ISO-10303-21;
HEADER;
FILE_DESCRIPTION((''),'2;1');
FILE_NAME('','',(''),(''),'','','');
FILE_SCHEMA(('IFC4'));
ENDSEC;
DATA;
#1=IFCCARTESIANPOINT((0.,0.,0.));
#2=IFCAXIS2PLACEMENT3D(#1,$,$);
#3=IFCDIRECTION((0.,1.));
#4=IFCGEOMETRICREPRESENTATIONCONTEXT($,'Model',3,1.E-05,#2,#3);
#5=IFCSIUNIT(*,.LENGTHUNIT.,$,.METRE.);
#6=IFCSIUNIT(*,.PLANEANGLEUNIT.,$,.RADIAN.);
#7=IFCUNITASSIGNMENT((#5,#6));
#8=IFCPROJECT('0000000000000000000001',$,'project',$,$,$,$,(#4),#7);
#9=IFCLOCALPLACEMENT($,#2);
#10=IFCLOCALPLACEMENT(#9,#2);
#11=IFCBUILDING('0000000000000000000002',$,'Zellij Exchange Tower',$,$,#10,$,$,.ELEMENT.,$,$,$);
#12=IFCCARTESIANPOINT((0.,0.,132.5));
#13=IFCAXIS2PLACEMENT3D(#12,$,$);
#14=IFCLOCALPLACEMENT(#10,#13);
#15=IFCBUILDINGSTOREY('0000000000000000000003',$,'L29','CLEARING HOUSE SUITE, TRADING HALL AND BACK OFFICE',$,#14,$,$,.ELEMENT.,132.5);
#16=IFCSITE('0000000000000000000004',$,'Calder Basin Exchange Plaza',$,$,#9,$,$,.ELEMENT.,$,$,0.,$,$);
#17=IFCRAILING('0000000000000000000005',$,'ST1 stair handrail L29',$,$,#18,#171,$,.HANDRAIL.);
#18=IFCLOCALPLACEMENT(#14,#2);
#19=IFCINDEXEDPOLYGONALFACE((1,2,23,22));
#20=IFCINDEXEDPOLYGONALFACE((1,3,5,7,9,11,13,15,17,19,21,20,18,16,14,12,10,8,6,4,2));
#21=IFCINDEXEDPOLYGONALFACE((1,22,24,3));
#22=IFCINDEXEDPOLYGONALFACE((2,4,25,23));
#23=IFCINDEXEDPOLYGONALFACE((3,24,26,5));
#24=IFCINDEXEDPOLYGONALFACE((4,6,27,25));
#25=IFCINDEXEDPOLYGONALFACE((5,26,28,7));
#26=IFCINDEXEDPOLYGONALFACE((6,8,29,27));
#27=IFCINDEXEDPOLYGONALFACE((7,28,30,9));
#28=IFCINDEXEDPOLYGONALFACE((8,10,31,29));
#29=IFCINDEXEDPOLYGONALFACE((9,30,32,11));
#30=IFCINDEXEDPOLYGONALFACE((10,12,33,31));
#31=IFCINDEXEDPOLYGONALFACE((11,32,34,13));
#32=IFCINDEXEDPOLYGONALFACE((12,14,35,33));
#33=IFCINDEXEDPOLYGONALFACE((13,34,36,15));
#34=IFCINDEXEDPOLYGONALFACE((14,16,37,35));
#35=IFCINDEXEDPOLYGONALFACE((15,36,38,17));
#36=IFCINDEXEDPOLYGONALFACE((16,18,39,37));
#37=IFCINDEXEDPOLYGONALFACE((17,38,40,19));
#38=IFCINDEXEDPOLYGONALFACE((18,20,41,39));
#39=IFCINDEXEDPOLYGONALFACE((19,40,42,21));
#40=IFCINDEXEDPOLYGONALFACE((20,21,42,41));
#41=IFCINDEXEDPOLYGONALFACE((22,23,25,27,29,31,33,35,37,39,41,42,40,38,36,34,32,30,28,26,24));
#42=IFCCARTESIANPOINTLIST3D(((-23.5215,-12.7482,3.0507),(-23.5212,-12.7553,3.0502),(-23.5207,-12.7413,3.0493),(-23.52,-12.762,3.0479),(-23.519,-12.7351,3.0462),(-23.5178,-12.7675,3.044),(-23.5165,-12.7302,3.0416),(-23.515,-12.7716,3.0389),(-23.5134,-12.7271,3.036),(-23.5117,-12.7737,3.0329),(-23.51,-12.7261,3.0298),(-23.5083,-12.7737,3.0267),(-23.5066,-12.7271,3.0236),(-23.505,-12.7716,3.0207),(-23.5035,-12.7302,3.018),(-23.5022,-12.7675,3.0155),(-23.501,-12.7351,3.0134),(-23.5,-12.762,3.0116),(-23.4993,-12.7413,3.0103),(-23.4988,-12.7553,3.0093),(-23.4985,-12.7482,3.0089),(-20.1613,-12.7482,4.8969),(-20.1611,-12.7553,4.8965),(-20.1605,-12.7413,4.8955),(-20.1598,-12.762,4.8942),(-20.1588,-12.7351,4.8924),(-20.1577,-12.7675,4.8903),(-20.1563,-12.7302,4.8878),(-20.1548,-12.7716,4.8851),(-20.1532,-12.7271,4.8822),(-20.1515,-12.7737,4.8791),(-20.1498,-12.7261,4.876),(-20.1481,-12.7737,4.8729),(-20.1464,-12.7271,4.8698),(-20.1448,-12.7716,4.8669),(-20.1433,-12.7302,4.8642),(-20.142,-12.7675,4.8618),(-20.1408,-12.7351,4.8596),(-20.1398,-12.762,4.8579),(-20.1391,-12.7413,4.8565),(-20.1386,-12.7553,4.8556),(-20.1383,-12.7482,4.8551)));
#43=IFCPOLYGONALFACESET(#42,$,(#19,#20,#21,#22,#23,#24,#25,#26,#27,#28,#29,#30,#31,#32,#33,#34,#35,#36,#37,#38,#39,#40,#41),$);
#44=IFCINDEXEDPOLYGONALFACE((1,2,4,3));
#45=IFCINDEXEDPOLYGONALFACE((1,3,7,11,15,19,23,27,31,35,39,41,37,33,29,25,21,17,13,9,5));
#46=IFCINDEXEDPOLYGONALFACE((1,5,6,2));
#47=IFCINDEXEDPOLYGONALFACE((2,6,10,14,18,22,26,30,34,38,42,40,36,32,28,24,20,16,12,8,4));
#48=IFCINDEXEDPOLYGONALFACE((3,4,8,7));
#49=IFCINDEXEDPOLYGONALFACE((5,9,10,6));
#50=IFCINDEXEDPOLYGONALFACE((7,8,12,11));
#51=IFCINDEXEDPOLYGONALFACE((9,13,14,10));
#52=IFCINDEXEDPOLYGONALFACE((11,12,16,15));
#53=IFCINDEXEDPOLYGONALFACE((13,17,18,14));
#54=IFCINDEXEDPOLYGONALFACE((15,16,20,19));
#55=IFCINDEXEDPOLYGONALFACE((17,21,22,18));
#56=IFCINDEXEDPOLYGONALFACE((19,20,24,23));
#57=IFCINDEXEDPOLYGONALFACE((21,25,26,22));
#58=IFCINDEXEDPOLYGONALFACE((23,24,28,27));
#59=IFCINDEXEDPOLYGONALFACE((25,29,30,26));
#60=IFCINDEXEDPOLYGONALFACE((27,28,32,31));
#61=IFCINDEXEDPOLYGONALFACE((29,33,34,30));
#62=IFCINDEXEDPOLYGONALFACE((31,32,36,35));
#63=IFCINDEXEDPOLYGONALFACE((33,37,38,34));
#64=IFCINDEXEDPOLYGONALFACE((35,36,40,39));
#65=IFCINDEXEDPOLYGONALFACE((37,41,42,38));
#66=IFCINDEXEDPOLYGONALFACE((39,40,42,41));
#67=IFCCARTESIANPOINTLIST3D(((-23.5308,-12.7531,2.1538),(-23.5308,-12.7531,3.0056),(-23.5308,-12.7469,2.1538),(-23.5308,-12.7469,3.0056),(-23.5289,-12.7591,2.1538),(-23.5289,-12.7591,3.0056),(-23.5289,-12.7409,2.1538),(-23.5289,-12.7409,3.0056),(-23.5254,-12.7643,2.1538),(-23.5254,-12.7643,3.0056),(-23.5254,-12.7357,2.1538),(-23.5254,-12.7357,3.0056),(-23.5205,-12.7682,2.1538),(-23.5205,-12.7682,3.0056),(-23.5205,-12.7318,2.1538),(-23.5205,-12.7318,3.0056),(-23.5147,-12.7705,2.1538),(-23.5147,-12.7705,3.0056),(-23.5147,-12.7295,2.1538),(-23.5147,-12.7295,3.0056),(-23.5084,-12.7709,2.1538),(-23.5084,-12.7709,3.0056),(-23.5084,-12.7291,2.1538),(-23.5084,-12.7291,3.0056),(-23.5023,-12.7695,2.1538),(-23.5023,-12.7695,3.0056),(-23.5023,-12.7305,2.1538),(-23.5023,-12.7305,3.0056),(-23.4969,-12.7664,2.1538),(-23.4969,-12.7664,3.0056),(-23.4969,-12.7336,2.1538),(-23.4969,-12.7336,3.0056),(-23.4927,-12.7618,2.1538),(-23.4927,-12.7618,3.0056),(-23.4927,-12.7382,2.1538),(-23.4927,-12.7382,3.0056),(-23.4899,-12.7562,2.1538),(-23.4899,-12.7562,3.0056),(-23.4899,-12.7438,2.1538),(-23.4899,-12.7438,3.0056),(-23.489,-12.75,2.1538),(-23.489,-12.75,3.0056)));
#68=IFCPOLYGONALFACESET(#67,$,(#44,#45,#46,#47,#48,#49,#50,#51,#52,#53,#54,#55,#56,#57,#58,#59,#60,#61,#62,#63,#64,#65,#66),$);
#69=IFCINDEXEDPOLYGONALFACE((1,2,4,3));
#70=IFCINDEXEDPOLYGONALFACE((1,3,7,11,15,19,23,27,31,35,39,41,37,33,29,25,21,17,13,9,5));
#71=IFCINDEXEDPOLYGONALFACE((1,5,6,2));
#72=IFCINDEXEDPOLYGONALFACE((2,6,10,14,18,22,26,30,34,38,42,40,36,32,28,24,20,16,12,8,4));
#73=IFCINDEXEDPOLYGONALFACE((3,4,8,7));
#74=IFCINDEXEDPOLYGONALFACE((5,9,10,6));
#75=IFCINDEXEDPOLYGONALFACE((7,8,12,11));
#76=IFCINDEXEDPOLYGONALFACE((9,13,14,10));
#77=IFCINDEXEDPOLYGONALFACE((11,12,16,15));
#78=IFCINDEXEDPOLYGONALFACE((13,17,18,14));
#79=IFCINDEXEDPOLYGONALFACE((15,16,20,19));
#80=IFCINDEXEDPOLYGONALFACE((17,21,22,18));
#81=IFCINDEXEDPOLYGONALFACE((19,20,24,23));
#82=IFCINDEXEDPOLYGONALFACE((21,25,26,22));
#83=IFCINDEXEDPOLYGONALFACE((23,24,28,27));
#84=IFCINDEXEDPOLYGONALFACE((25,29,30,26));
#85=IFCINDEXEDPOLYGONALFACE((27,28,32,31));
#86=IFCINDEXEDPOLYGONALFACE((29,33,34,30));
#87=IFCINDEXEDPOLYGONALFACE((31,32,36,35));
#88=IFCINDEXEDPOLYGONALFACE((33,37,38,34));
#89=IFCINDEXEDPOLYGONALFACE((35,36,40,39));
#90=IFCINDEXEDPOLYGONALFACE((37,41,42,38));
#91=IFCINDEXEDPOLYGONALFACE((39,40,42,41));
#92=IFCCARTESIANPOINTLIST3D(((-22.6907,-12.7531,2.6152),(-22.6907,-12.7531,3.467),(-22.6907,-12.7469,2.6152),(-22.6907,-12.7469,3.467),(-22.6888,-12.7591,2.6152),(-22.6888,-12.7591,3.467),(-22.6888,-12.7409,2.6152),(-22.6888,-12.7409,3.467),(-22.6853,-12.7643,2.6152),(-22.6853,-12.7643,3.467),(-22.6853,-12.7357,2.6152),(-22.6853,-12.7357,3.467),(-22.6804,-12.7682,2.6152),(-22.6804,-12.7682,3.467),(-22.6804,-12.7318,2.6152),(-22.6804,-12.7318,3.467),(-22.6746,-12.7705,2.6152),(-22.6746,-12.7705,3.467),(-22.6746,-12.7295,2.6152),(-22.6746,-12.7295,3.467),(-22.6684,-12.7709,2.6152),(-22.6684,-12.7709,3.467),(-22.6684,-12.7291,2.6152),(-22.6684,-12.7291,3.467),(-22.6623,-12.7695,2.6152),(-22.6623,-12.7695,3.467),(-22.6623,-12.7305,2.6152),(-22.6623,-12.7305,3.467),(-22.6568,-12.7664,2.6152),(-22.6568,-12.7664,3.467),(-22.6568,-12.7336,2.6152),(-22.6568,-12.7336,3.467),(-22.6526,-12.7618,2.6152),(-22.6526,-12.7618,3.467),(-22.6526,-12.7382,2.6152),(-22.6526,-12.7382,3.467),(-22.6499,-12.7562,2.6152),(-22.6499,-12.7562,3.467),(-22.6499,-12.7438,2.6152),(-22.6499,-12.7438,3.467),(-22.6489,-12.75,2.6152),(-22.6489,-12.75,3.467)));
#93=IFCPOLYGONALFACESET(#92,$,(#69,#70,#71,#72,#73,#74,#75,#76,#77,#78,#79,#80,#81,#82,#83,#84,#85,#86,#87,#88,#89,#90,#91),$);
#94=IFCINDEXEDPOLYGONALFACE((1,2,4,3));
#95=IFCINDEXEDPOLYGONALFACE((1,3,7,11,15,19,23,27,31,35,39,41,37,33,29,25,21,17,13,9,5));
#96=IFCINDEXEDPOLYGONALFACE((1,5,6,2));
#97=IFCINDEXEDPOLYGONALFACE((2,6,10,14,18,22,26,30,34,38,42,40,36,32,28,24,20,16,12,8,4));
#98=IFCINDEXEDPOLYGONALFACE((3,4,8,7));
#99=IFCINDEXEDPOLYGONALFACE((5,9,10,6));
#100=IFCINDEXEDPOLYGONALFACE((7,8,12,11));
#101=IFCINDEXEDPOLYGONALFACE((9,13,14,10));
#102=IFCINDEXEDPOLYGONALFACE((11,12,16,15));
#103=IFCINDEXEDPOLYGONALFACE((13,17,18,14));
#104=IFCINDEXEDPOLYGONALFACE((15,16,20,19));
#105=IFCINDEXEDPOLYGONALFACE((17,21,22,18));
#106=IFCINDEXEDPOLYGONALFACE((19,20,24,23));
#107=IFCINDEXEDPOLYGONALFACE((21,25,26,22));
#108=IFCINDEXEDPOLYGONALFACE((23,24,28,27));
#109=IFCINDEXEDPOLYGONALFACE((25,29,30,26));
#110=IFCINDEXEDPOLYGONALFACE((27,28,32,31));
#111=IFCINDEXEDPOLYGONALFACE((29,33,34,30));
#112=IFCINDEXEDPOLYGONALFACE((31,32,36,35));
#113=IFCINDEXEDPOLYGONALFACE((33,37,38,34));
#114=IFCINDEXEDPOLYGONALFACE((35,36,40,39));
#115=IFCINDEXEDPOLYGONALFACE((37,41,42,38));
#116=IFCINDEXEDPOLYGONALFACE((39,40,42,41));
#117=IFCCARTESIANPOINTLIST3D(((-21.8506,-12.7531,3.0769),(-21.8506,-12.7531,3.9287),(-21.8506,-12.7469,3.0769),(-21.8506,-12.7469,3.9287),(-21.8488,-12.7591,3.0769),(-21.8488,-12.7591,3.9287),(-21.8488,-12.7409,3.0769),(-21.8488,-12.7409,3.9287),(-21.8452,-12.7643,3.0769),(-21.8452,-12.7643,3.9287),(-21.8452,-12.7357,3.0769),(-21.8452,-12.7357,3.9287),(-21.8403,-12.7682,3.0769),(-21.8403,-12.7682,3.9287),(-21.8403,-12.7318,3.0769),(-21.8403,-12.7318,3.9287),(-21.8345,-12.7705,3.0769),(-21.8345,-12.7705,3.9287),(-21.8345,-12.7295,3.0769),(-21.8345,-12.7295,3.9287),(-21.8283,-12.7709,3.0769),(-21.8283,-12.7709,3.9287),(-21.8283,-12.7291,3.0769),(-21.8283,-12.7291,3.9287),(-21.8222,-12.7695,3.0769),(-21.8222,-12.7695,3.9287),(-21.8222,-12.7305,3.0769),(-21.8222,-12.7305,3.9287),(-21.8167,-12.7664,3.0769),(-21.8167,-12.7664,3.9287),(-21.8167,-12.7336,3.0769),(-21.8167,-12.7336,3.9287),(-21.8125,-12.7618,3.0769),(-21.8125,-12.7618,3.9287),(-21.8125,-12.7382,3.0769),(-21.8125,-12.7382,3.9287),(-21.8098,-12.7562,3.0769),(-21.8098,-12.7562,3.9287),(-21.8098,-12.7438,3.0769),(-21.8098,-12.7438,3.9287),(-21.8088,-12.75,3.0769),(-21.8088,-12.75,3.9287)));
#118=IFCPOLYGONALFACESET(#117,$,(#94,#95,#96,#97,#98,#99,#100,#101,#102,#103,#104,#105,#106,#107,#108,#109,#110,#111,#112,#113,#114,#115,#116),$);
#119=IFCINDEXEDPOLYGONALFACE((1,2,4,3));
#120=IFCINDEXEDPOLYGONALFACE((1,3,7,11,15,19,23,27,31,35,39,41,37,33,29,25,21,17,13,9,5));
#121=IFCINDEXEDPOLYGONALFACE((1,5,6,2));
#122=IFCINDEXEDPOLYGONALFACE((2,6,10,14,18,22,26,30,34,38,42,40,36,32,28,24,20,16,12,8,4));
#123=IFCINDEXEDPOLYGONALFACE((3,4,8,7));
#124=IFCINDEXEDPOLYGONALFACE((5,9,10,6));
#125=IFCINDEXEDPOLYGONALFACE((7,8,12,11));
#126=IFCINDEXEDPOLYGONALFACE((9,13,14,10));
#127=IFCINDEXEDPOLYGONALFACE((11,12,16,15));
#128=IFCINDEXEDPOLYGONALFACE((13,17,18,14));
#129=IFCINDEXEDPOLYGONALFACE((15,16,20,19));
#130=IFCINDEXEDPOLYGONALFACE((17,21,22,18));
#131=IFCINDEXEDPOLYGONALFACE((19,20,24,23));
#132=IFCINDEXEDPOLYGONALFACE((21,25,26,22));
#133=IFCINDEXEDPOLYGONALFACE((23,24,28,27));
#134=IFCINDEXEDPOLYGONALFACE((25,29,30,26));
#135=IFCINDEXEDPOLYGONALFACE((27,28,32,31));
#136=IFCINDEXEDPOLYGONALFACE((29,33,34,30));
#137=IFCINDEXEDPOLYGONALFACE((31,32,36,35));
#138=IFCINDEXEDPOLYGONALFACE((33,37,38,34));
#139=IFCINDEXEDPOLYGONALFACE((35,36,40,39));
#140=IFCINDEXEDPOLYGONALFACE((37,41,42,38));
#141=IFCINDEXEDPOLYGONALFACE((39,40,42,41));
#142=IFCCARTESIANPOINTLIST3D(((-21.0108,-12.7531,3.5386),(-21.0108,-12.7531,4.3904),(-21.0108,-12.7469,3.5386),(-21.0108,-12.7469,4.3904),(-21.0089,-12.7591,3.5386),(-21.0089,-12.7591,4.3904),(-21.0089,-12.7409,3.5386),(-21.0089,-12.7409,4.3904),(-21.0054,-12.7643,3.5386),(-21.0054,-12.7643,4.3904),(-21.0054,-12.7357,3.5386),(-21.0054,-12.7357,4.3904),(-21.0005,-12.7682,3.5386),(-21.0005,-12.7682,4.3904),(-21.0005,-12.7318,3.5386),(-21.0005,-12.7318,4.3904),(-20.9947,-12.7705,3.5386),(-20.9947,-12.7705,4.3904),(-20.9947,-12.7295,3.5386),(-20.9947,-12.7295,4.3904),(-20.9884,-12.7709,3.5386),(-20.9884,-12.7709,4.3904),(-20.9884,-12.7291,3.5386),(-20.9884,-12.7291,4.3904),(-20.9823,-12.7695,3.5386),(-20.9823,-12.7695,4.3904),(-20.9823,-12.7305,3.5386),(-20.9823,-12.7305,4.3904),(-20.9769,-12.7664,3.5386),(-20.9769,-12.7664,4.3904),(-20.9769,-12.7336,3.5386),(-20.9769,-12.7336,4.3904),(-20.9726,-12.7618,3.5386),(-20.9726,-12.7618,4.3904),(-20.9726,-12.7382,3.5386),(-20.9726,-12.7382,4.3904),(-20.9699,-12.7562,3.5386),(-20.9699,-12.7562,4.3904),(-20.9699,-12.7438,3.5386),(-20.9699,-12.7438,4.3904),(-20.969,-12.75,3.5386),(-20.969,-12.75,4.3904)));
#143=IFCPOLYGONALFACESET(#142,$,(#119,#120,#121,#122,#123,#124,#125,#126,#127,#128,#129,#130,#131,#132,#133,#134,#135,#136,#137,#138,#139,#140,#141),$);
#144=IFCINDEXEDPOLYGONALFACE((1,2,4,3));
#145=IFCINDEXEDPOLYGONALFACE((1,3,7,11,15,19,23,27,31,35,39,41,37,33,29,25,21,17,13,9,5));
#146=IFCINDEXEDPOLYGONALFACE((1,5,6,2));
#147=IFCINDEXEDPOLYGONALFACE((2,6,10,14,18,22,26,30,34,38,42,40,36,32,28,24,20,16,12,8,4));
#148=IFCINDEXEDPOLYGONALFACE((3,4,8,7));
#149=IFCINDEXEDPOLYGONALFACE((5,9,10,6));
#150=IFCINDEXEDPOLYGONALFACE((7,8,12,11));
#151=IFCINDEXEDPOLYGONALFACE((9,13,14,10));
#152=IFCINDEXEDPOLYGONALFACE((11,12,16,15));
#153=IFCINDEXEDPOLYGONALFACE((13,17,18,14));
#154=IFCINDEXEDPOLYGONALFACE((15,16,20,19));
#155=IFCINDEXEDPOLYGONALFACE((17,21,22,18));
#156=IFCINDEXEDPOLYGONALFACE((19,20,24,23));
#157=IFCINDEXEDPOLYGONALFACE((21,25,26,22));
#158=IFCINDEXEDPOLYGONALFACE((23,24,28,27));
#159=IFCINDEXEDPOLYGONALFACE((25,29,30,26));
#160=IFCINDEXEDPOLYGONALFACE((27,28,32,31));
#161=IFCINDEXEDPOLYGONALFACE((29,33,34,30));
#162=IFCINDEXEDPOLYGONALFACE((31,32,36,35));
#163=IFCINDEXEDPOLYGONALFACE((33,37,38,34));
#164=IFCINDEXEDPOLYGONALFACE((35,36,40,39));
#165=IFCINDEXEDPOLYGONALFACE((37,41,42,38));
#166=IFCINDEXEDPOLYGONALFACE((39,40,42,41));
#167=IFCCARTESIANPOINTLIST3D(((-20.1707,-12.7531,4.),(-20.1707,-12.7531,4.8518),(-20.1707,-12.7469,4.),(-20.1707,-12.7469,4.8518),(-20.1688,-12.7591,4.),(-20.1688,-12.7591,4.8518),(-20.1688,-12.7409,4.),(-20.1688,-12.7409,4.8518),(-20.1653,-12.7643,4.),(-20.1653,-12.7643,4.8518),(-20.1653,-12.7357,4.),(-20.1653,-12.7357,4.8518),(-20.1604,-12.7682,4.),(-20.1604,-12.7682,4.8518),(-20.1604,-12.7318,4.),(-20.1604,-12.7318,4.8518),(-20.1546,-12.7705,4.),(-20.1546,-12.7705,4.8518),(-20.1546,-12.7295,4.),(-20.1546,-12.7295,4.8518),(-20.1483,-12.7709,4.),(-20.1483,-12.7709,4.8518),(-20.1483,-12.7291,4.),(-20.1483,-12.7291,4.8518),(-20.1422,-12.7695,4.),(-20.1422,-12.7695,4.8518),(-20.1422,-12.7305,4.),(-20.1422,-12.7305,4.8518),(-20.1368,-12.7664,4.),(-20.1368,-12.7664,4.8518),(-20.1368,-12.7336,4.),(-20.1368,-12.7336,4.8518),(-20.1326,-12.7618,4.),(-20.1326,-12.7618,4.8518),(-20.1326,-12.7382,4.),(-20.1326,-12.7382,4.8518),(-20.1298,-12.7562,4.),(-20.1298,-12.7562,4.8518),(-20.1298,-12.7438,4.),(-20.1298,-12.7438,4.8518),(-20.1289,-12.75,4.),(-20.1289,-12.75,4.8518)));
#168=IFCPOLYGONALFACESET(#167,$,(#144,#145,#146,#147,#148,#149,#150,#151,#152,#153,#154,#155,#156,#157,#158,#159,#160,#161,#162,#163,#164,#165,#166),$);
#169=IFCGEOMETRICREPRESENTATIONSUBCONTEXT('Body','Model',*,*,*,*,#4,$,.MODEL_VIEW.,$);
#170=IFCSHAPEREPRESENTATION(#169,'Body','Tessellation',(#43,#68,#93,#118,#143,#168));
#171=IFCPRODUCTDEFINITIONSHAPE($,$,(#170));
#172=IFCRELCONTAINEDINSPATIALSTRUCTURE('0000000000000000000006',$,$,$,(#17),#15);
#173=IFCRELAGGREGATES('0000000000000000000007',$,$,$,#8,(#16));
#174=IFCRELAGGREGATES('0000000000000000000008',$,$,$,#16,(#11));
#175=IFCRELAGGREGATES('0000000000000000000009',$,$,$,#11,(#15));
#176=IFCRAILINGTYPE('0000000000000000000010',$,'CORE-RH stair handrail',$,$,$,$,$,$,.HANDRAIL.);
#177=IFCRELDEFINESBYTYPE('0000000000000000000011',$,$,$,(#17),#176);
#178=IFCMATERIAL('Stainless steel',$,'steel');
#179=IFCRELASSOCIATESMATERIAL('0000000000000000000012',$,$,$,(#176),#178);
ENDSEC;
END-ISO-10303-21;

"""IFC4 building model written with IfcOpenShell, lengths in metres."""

from ifc_helpers import new_model, si_unit, direction, frame, origin, origin_2d, place, context, subcontext, project, spatial, circle, extrude, material, type_object, element, save


model = new_model("IFC4")

# Units and contexts
model_context = context("Model", 3, precision=1e-05, world=origin(), true_north=direction((0.0, 1.0)))
body_context = subcontext(model_context, "Body", "Model", "MODEL_VIEW")
ifc_project = project(units=[si_unit("LENGTHUNIT", "METRE"), si_unit("PLANEANGLEUNIT", "RADIAN")], contexts=[model_context])

# Site, building, storey
site_placement = place(None, origin())
site = spatial("IfcSite", under=ifc_project, at=site_placement, Name="Calder Basin Exchange Plaza", CompositionType="ELEMENT", RefElevation=0.0)
building_placement = place(site_placement, origin())
building = spatial("IfcBuilding", under=site, at=building_placement, Name="Zellij Exchange Tower", CompositionType="ELEMENT")
storey_placement = place(building_placement, frame((0.0, 0.0, 132.5)))
storey = spatial("IfcBuildingStorey", under=building, at=storey_placement, Name="L29", Description="CLEARING HOUSE SUITE, TRADING HALL AND BACK OFFICE", CompositionType="ELEMENT", Elevation=132.5)

# Railing
ifc_material_1 = material(Name="Stainless steel", Category="steel")
railing_type = type_object("IfcRailingType", Name="CORE-RH stair handrail", PredefinedType="HANDRAIL", material=ifc_material_1)
railing_placement = place(storey_placement, frame((-23.51, -12.75, 2.1538)))
element("IfcRailing", 1, at=railing_placement, inside=storey, type_object=railing_type, Name="ST1 stair handrail L29", PredefinedType="HANDRAIL", context=body_context, shape_type="SweptSolid", body=[
    extrude(circle(Radius=0.0239, at=origin_2d()), frame((0.0, 0.0, 0.876), z_axis=(0.876422, 0.0, 0.481545), x_axis=(0.0, 1.0, 0.0)), (0.0, 0.0, 1.0), 3.834),
    extrude(circle(Radius=0.021, at=origin_2d()), origin(), (0.0, 0.0, 1.0), 0.8518),
    extrude(circle(Radius=0.021, at=origin_2d()), frame((0.8401, 0.0, 0.4614)), (0.0, 0.0, 1.0), 0.8518),
    extrude(circle(Radius=0.021, at=origin_2d()), frame((1.6802, 0.0, 0.9231)), (0.0, 0.0, 1.0), 0.8518),
    extrude(circle(Radius=0.021, at=origin_2d()), frame((2.52, 0.0, 1.3848)), (0.0, 0.0, 1.0), 0.8518),
    extrude(circle(Radius=0.021, at=origin_2d()), frame((3.3601, 0.0, 1.8462)), (0.0, 0.0, 1.0), 0.8518),
])

save(model, "model.ifc")
